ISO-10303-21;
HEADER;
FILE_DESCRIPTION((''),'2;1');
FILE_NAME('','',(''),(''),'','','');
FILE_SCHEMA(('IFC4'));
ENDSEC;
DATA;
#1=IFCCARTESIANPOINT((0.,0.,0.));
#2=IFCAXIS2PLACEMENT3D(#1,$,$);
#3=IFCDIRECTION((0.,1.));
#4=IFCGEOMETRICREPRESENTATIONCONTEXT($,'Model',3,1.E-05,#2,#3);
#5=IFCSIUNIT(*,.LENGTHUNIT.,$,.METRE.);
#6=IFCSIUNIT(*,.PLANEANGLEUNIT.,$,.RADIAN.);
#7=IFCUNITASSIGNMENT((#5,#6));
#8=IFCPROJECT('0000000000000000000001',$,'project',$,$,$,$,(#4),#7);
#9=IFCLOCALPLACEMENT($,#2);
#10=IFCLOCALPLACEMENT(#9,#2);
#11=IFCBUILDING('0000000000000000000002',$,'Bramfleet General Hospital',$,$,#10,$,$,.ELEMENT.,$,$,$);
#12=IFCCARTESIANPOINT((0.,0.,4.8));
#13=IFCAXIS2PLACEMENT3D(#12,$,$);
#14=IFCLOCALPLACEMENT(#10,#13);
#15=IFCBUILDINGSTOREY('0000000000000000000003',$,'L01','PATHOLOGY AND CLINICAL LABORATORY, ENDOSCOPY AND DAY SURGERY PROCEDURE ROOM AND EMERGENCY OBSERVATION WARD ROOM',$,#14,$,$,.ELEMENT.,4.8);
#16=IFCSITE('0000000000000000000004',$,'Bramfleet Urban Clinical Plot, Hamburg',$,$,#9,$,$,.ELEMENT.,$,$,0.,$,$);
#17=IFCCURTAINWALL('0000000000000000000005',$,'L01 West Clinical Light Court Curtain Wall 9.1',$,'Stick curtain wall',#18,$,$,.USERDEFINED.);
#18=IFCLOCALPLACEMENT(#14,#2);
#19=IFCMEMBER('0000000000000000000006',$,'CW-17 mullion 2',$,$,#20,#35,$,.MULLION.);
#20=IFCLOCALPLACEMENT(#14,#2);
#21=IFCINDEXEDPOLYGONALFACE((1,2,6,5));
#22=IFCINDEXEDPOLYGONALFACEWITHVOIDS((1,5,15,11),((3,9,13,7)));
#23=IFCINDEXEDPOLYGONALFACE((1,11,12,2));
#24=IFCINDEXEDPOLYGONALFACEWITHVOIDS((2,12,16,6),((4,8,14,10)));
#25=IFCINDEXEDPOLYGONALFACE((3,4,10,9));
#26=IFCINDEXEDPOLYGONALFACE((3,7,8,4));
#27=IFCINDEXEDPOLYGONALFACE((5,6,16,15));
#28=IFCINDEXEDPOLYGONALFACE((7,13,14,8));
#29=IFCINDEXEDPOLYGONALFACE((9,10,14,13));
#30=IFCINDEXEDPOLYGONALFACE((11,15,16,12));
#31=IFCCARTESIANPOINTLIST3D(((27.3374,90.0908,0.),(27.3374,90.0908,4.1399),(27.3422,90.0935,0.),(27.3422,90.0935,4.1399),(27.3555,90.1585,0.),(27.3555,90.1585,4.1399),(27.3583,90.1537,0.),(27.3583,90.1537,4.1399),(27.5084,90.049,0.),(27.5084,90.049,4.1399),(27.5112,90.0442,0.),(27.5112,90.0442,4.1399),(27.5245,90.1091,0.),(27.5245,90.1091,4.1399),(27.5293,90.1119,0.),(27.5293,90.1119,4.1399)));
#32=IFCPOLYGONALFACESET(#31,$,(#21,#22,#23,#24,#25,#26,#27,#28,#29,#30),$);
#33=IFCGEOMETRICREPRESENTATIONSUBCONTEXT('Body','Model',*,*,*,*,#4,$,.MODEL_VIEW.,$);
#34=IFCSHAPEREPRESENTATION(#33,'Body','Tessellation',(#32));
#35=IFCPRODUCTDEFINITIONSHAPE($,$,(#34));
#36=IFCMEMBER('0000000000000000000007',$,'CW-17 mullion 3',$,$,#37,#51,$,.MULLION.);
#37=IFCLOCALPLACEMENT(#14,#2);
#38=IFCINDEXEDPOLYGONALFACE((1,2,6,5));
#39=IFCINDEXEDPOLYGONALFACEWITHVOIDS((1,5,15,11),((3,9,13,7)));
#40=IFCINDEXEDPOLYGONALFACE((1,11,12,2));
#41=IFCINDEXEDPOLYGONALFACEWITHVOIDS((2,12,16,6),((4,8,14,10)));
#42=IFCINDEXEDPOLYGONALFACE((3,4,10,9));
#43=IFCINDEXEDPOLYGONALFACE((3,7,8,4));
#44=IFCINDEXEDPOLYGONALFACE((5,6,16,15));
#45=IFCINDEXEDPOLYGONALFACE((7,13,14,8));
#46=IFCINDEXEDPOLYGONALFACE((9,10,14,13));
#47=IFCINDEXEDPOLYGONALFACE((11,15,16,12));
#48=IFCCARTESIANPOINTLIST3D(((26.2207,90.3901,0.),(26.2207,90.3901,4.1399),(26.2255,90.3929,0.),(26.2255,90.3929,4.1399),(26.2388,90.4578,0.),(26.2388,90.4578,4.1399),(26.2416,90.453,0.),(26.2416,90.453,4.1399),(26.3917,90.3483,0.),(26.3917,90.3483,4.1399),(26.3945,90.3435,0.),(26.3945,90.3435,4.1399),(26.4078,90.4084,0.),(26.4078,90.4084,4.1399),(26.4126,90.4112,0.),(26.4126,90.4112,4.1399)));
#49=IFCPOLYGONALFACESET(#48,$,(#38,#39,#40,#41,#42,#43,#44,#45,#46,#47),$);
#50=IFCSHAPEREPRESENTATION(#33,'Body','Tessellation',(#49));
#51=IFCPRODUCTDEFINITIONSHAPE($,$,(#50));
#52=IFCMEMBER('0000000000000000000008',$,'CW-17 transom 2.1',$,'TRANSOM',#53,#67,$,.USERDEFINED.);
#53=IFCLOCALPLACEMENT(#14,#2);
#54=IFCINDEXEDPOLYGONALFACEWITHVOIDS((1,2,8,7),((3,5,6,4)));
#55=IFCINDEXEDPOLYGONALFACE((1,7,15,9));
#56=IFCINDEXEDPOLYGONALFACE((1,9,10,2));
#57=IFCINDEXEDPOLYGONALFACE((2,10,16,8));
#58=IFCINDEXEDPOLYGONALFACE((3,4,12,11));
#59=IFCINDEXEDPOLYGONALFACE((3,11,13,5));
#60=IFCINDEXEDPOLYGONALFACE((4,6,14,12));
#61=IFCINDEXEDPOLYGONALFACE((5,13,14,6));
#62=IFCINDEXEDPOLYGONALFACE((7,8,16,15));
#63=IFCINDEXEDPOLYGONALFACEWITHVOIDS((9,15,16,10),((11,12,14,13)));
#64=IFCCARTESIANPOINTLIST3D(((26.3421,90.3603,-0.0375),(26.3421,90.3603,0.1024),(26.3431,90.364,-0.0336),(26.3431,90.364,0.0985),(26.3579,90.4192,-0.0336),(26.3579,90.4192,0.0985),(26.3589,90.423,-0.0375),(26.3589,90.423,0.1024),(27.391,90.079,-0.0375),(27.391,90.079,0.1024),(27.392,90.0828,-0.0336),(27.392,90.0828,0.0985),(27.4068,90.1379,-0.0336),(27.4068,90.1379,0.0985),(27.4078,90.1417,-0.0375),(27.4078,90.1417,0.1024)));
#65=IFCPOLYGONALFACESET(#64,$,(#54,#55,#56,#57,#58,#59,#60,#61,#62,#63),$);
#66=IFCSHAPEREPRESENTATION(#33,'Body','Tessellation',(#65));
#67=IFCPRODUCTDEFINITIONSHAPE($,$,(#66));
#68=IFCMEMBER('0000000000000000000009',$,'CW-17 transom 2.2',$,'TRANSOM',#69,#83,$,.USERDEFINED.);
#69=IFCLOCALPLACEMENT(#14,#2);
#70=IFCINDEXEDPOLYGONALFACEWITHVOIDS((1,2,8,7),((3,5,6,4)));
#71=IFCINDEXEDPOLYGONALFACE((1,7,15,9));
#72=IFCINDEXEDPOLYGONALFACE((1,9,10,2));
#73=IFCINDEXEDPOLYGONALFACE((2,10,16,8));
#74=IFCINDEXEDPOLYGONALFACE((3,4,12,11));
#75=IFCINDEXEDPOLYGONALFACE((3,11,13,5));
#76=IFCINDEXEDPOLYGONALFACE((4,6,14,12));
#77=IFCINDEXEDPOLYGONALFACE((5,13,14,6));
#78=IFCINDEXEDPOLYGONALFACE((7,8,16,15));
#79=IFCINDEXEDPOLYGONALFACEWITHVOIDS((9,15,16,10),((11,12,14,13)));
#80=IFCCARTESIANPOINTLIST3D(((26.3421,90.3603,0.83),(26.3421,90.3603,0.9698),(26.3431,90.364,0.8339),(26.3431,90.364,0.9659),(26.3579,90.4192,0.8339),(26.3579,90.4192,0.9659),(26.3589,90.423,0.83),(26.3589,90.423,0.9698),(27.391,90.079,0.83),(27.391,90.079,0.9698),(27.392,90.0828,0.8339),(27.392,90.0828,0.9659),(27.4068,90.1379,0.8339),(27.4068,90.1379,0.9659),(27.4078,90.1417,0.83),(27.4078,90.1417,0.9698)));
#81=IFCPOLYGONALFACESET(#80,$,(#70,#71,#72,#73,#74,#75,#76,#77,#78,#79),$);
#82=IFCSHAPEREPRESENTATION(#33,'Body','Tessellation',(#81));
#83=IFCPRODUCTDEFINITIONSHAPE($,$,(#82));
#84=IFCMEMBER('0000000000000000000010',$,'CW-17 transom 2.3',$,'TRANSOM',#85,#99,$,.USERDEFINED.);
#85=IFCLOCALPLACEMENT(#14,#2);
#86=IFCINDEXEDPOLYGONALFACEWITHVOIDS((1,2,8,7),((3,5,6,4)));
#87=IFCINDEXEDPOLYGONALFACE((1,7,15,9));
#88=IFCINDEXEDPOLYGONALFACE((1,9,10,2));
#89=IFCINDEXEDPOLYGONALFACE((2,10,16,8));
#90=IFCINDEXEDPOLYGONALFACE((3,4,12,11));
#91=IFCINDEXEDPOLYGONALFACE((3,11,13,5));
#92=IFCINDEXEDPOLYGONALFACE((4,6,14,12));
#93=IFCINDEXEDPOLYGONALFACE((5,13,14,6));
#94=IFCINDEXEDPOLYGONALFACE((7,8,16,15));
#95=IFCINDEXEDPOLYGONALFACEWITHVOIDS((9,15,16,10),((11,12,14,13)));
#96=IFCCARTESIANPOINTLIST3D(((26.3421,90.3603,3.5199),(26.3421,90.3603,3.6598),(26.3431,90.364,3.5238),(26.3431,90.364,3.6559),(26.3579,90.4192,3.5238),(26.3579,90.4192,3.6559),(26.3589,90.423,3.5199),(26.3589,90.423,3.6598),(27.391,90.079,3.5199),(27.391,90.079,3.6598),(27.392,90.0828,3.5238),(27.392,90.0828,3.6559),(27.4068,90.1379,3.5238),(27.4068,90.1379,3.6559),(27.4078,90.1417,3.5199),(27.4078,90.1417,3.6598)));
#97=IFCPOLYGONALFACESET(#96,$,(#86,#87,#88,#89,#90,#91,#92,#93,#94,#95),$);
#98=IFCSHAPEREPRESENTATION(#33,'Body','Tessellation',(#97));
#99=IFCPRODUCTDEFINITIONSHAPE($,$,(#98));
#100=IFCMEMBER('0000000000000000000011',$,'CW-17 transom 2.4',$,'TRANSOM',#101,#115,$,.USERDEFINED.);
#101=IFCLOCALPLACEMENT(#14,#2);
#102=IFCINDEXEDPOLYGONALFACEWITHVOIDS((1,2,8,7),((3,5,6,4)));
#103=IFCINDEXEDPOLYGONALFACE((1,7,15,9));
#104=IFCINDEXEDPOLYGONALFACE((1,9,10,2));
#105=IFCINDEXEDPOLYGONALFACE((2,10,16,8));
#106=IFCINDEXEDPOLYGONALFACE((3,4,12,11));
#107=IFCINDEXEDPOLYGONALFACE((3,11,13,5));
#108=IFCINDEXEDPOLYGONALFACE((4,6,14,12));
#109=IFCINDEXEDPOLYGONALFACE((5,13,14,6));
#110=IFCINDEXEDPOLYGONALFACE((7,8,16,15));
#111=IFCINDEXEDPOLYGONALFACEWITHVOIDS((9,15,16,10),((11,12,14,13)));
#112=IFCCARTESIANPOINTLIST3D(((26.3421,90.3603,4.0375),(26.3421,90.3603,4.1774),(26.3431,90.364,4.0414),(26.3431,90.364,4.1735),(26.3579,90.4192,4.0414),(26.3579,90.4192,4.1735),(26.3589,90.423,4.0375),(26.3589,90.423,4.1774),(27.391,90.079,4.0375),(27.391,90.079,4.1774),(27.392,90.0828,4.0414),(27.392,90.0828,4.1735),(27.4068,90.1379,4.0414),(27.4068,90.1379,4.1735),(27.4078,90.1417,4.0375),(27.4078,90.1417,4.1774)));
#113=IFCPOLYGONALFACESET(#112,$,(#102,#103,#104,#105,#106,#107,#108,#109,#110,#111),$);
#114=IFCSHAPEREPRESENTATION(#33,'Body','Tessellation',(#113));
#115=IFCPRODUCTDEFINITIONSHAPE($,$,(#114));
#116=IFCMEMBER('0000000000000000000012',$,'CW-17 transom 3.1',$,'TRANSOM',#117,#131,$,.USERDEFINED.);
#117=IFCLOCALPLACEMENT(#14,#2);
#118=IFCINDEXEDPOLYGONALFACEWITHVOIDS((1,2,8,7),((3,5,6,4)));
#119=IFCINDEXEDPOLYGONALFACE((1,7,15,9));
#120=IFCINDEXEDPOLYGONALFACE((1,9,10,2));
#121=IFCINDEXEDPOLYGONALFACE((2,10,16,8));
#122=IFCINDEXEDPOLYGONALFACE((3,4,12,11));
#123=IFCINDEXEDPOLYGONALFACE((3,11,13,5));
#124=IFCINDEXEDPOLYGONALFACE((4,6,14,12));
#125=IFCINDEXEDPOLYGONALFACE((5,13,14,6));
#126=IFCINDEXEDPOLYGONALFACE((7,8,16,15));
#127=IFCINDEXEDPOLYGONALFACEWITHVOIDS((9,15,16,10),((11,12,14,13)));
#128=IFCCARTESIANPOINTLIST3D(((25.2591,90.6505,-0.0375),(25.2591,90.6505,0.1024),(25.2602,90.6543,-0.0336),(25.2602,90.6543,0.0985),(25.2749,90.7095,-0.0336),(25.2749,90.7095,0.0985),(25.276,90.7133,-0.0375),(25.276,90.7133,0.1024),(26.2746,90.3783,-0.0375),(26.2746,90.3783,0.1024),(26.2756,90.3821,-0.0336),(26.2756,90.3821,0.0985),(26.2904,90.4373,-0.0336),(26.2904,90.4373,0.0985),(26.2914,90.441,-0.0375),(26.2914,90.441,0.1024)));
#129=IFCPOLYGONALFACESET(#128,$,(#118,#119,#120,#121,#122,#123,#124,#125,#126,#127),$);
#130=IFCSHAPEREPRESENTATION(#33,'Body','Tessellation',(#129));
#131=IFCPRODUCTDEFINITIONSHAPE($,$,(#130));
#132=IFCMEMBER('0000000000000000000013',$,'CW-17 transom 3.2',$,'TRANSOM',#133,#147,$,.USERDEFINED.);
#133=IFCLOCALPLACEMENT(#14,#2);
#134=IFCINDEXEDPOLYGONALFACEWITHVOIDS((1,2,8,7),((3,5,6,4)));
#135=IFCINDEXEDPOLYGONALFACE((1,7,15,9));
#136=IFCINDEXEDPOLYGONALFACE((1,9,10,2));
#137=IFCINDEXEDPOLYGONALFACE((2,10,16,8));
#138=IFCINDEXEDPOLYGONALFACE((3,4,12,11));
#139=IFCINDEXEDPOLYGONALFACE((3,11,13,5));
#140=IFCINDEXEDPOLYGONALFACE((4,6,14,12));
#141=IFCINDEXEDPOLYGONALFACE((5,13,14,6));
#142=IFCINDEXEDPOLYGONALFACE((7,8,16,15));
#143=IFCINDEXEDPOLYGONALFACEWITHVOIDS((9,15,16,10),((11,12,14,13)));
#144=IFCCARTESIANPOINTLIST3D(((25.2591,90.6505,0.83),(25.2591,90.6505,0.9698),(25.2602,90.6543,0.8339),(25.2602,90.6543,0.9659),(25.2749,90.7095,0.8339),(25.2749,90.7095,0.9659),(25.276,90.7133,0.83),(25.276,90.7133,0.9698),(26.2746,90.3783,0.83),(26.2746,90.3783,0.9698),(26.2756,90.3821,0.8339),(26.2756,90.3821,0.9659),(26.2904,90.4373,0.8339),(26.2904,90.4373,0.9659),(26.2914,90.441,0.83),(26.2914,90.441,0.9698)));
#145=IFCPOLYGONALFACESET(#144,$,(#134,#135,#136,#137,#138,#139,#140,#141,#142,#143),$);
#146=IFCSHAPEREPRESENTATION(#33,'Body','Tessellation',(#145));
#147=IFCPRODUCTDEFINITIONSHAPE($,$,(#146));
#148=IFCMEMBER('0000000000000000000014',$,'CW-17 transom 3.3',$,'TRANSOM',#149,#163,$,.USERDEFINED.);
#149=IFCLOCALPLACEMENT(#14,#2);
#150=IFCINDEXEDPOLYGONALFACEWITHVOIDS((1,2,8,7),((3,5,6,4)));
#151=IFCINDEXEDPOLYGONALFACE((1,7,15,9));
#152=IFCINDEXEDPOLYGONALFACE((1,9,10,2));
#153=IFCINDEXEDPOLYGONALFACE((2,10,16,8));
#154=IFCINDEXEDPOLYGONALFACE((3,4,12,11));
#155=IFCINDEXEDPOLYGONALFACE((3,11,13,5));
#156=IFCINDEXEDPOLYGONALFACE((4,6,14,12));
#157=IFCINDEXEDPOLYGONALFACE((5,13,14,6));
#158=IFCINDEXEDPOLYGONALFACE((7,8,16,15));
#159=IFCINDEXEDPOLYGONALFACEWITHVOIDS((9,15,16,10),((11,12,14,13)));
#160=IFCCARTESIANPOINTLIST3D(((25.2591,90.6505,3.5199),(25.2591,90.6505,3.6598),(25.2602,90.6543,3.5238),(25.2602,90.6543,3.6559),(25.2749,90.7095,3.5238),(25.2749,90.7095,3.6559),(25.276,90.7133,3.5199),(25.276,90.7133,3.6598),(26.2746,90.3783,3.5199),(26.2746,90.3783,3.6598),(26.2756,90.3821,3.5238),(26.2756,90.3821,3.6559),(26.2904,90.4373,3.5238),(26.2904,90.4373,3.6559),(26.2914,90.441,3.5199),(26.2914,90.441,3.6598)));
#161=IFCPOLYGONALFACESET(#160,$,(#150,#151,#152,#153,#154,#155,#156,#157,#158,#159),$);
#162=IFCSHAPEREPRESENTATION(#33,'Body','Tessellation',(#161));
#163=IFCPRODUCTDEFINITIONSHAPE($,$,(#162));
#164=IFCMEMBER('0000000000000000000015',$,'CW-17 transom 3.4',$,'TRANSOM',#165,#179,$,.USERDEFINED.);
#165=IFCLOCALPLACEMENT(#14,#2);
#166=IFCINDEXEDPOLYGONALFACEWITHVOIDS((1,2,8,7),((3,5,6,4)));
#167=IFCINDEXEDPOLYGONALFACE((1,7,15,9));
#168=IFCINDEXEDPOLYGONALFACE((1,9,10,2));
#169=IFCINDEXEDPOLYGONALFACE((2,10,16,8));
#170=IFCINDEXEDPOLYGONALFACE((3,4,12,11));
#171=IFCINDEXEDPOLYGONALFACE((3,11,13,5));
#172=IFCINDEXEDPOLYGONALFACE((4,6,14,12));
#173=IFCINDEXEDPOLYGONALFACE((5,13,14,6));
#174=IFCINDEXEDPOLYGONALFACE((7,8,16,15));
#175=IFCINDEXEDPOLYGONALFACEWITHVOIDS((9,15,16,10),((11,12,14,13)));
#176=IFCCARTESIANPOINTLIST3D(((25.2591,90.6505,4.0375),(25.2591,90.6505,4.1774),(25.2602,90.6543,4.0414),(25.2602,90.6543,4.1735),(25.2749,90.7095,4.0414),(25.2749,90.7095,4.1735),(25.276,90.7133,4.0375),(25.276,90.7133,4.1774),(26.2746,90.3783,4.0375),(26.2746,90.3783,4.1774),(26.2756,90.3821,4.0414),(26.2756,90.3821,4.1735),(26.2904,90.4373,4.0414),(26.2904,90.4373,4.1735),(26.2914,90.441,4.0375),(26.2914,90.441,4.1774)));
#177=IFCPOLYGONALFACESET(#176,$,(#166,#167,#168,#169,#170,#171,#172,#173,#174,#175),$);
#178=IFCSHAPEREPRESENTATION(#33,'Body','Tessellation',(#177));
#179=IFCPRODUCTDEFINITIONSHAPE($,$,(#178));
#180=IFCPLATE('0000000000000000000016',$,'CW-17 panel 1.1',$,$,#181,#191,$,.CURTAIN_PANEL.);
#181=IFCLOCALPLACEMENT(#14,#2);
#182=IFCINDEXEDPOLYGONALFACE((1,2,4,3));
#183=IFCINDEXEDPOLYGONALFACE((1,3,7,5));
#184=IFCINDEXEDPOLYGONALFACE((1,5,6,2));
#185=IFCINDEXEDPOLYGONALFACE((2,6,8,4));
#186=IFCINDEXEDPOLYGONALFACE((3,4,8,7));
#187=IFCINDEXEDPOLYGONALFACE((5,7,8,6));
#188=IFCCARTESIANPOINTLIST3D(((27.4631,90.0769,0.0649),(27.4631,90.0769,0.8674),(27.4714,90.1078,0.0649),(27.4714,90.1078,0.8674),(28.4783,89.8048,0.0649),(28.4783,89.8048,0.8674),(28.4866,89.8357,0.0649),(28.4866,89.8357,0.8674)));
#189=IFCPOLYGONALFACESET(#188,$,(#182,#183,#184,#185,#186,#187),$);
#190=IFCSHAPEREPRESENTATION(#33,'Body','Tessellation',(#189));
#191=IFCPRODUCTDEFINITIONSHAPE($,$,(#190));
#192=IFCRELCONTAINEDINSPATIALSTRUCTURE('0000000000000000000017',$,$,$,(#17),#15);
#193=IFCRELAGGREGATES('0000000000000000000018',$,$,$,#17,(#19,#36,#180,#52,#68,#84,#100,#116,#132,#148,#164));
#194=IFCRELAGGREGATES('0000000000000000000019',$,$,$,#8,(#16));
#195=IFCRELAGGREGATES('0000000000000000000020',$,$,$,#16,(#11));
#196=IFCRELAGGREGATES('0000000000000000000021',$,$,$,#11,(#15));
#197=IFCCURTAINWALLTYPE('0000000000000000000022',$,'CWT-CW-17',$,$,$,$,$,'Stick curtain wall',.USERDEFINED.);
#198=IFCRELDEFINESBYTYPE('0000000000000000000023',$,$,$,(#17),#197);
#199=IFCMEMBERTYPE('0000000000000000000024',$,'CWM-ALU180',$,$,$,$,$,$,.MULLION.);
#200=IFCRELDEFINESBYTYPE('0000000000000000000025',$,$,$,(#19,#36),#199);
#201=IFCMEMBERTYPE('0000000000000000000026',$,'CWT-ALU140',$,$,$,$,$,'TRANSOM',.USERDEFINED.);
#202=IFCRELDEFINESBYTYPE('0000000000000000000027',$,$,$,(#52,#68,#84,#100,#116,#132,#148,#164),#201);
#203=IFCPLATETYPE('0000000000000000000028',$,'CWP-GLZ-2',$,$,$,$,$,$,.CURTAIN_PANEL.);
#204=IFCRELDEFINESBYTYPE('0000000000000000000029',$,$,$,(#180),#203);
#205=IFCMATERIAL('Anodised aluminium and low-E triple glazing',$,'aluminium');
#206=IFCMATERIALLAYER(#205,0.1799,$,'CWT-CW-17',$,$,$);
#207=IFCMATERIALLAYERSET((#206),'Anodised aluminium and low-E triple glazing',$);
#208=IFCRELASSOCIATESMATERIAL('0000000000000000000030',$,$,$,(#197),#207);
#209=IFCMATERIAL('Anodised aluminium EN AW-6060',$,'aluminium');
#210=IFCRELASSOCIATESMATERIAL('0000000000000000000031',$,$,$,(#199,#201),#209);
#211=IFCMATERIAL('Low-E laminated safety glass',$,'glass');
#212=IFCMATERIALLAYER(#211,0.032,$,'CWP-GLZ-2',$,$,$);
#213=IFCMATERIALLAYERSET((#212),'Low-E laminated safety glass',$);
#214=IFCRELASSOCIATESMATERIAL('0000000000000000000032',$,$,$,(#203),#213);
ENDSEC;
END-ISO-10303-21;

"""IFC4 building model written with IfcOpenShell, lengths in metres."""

from ifc_helpers import new_model, si_unit, direction, frame, origin, origin_2d, place, context, subcontext, project, spatial, rectangle, hollow_rectangle, extrude, material, layer, layer_set, material_profile, profile_set, type_object, element, aggregate, save


model = new_model("IFC4")

# Units and contexts
model_context = context("Model", 3, precision=1e-05, world=origin(), true_north=direction((0.0, 1.0)))
body_context = subcontext(model_context, "Body", "Model", "MODEL_VIEW")
ifc_project = project(units=[si_unit("LENGTHUNIT", "METRE"), si_unit("PLANEANGLEUNIT", "RADIAN")], contexts=[model_context])

# Site, building, storey
site_placement = place(None, origin())
site = spatial("IfcSite", under=ifc_project, at=site_placement, Name="Bramfleet Urban Clinical Plot, Hamburg", CompositionType="ELEMENT", RefElevation=0.0)
building_placement = place(site_placement, origin())
building = spatial("IfcBuilding", under=site, at=building_placement, Name="Bramfleet General Hospital", CompositionType="ELEMENT")
storey_placement = place(building_placement, frame((0.0, 0.0, 4.8)))
storey = spatial("IfcBuildingStorey", under=building, at=storey_placement, Name="L01", Description="PATHOLOGY AND CLINICAL LABORATORY, ENDOSCOPY AND DAY SURGERY PROCEDURE ROOM AND EMERGENCY OBSERVATION WARD ROOM", CompositionType="ELEMENT", Elevation=4.8)

# Curtain wall, members, plate
ifc_material_1 = material(Name="Anodised aluminium and low-E triple glazing", Category="aluminium")
ifc_layer_1 = layer(ifc_material_1, 0.1799, Name="CWT-CW-17")
ifc_layer_set_1 = layer_set([ifc_layer_1], Name="Anodised aluminium and low-E triple glazing")
curtain_wall_type = type_object("IfcCurtainWallType", Name="CWT-CW-17", ElementType="Stick curtain wall", PredefinedType="USERDEFINED", material=ifc_layer_set_1)
curtain_wall_placement = place(storey_placement, origin())
curtain_wall = element("IfcCurtainWall", 1, at=curtain_wall_placement, inside=storey, type_object=curtain_wall_type, Name="L01 West Clinical Light Court Curtain Wall 9.1", ObjectType="Stick curtain wall", PredefinedType="USERDEFINED")
ifc_material_2 = material(Name="Anodised aluminium EN AW-6060", Category="aluminium")
ifc_material_profile_1 = material_profile(ifc_material_2, hollow_rectangle(XDim=0.0701, YDim=0.1799, WallThickness=0.0039, at=origin_2d()), Name="ALU 180x70x4.0")
ifc_profile_set_1 = profile_set([ifc_material_profile_1], Name="Anodised aluminium EN AW-6060")
member_type_1 = type_object("IfcMemberType", Name="CWM-ALU180", PredefinedType="MULLION", material=ifc_profile_set_1)
member_1_placement = place(storey_placement, frame((27.4333, 90.1013, 0.0), z_axis=(0.0, 0.0, 1.0), x_axis=(-0.258919, -0.965899, 0.0)))
member_1 = element("IfcMember", 2, at=member_1_placement, type_object=member_type_1, Name="CW-17 mullion 2", PredefinedType="MULLION", context=body_context, shape_type="SweptSolid", body=[
    extrude(hollow_rectangle(XDim=0.0701, YDim=0.1799, WallThickness=0.0039, at=origin_2d()), origin(), (0.0, 0.0, 1.0), 4.1399),
])
member_2_placement = place(storey_placement, frame((26.3167, 90.4006, 0.0), z_axis=(0.0, 0.0, 1.0), x_axis=(-0.258919, -0.965899, 0.0)))
member_2 = element("IfcMember", 3, at=member_2_placement, type_object=member_type_1, Name="CW-17 mullion 3", PredefinedType="MULLION", context=body_context, shape_type="SweptSolid", body=[
    extrude(hollow_rectangle(XDim=0.0701, YDim=0.1799, WallThickness=0.0039, at=origin_2d()), origin(), (0.0, 0.0, 1.0), 4.1399),
])
ifc_material_profile_2 = material_profile(ifc_material_2, hollow_rectangle(XDim=0.0649, YDim=0.1399, WallThickness=0.0039, at=origin_2d()), Name="ALU 140x65x4.0")
ifc_profile_set_2 = profile_set([ifc_material_profile_2], Name="Anodised aluminium EN AW-6060")
member_type_2 = type_object("IfcMemberType", Name="CWT-ALU140", ElementType="TRANSOM", PredefinedType="USERDEFINED", material=ifc_profile_set_2)
member_3_placement = place(storey_placement, frame((27.3994, 90.1104, 0.0325), z_axis=(-0.965876, 0.259006, 0.0), x_axis=(-0.259006, -0.965876, 0.0)))
member_3 = element("IfcMember", 4, at=member_3_placement, type_object=member_type_2, Name="CW-17 transom 2.1", ObjectType="TRANSOM", PredefinedType="USERDEFINED", context=body_context, shape_type="SweptSolid", body=[
    extrude(hollow_rectangle(XDim=0.0649, YDim=0.1399, WallThickness=0.0039, at=origin_2d()), origin(), (0.0, 0.0, 1.0), 1.0859),
])
member_4_placement = place(storey_placement, frame((27.3994, 90.1104, 0.8999), z_axis=(-0.965876, 0.259006, 0.0), x_axis=(-0.259006, -0.965876, 0.0)))
member_4 = element("IfcMember", 5, at=member_4_placement, type_object=member_type_2, Name="CW-17 transom 2.2", ObjectType="TRANSOM", PredefinedType="USERDEFINED", context=body_context, shape_type="SweptSolid", body=[
    extrude(hollow_rectangle(XDim=0.0649, YDim=0.1399, WallThickness=0.0039, at=origin_2d()), origin(), (0.0, 0.0, 1.0), 1.0859),
])
member_5_placement = place(storey_placement, frame((27.3994, 90.1104, 3.5898), z_axis=(-0.965876, 0.259006, 0.0), x_axis=(-0.259006, -0.965876, 0.0)))
member_5 = element("IfcMember", 6, at=member_5_placement, type_object=member_type_2, Name="CW-17 transom 2.3", ObjectType="TRANSOM", PredefinedType="USERDEFINED", context=body_context, shape_type="SweptSolid", body=[
    extrude(hollow_rectangle(XDim=0.0649, YDim=0.1399, WallThickness=0.0039, at=origin_2d()), origin(), (0.0, 0.0, 1.0), 1.0859),
])
member_6_placement = place(storey_placement, frame((27.3994, 90.1104, 4.1074), z_axis=(-0.965876, 0.259006, 0.0), x_axis=(-0.259006, -0.965876, 0.0)))
member_6 = element("IfcMember", 7, at=member_6_placement, type_object=member_type_2, Name="CW-17 transom 2.4", ObjectType="TRANSOM", PredefinedType="USERDEFINED", context=body_context, shape_type="SweptSolid", body=[
    extrude(hollow_rectangle(XDim=0.0649, YDim=0.1399, WallThickness=0.0039, at=origin_2d()), origin(), (0.0, 0.0, 1.0), 1.0859),
])
member_7_placement = place(storey_placement, frame((26.283, 90.4097, 0.0325), z_axis=(-0.965891, 0.258949, 0.0), x_axis=(-0.258949, -0.965891, 0.0)))
member_7 = element("IfcMember", 8, at=member_7_placement, type_object=member_type_2, Name="CW-17 transom 3.1", ObjectType="TRANSOM", PredefinedType="USERDEFINED", context=body_context, shape_type="SweptSolid", body=[
    extrude(hollow_rectangle(XDim=0.0649, YDim=0.1399, WallThickness=0.0039, at=origin_2d()), origin(), (0.0, 0.0, 1.0), 1.0513),
])
member_8_placement = place(storey_placement, frame((26.283, 90.4097, 0.8999), z_axis=(-0.965891, 0.258949, 0.0), x_axis=(-0.258949, -0.965891, 0.0)))
member_8 = element("IfcMember", 9, at=member_8_placement, type_object=member_type_2, Name="CW-17 transom 3.2", ObjectType="TRANSOM", PredefinedType="USERDEFINED", context=body_context, shape_type="SweptSolid", body=[
    extrude(hollow_rectangle(XDim=0.0649, YDim=0.1399, WallThickness=0.0039, at=origin_2d()), origin(), (0.0, 0.0, 1.0), 1.0513),
])
member_9_placement = place(storey_placement, frame((26.283, 90.4097, 3.5898), z_axis=(-0.965891, 0.258949, 0.0), x_axis=(-0.258949, -0.965891, 0.0)))
member_9 = element("IfcMember", 10, at=member_9_placement, type_object=member_type_2, Name="CW-17 transom 3.3", ObjectType="TRANSOM", PredefinedType="USERDEFINED", context=body_context, shape_type="SweptSolid", body=[
    extrude(hollow_rectangle(XDim=0.0649, YDim=0.1399, WallThickness=0.0039, at=origin_2d()), origin(), (0.0, 0.0, 1.0), 1.0513),
])
member_10_placement = place(storey_placement, frame((26.283, 90.4097, 4.1074), z_axis=(-0.965891, 0.258949, 0.0), x_axis=(-0.258949, -0.965891, 0.0)))
member_10 = element("IfcMember", 11, at=member_10_placement, type_object=member_type_2, Name="CW-17 transom 3.4", ObjectType="TRANSOM", PredefinedType="USERDEFINED", context=body_context, shape_type="SweptSolid", body=[
    extrude(hollow_rectangle(XDim=0.0649, YDim=0.1399, WallThickness=0.0039, at=origin_2d()), origin(), (0.0, 0.0, 1.0), 1.0513),
])
ifc_material_3 = material(Name="Low-E laminated safety glass", Category="glass")
ifc_layer_2 = layer(ifc_material_3, 0.032, Name="CWP-GLZ-2")
ifc_layer_set_2 = layer_set([ifc_layer_2], Name="Low-E laminated safety glass")
plate_type = type_object("IfcPlateType", Name="CWP-GLZ-2", PredefinedType="CURTAIN_PANEL", material=ifc_layer_set_2)
plate_1_placement = place(storey_placement, frame((27.9749, 89.9563, 0.0649), z_axis=(0.0, 0.0, 1.0), x_axis=(-0.965899, 0.258919, 0.0)))
plate_1 = element("IfcPlate", 12, at=plate_1_placement, type_object=plate_type, Name="CW-17 panel 1.1", PredefinedType="CURTAIN_PANEL", context=body_context, shape_type="SweptSolid", body=[
    extrude(rectangle(XDim=1.051, YDim=0.032, at=origin_2d()), origin(), (0.0, 0.0, 1.0), 0.8025),
])
aggregate(curtain_wall, [member_1, member_2, plate_1, member_3, member_4, member_5, member_6, member_7, member_8, member_9, member_10])

save(model, "model.ifc")
